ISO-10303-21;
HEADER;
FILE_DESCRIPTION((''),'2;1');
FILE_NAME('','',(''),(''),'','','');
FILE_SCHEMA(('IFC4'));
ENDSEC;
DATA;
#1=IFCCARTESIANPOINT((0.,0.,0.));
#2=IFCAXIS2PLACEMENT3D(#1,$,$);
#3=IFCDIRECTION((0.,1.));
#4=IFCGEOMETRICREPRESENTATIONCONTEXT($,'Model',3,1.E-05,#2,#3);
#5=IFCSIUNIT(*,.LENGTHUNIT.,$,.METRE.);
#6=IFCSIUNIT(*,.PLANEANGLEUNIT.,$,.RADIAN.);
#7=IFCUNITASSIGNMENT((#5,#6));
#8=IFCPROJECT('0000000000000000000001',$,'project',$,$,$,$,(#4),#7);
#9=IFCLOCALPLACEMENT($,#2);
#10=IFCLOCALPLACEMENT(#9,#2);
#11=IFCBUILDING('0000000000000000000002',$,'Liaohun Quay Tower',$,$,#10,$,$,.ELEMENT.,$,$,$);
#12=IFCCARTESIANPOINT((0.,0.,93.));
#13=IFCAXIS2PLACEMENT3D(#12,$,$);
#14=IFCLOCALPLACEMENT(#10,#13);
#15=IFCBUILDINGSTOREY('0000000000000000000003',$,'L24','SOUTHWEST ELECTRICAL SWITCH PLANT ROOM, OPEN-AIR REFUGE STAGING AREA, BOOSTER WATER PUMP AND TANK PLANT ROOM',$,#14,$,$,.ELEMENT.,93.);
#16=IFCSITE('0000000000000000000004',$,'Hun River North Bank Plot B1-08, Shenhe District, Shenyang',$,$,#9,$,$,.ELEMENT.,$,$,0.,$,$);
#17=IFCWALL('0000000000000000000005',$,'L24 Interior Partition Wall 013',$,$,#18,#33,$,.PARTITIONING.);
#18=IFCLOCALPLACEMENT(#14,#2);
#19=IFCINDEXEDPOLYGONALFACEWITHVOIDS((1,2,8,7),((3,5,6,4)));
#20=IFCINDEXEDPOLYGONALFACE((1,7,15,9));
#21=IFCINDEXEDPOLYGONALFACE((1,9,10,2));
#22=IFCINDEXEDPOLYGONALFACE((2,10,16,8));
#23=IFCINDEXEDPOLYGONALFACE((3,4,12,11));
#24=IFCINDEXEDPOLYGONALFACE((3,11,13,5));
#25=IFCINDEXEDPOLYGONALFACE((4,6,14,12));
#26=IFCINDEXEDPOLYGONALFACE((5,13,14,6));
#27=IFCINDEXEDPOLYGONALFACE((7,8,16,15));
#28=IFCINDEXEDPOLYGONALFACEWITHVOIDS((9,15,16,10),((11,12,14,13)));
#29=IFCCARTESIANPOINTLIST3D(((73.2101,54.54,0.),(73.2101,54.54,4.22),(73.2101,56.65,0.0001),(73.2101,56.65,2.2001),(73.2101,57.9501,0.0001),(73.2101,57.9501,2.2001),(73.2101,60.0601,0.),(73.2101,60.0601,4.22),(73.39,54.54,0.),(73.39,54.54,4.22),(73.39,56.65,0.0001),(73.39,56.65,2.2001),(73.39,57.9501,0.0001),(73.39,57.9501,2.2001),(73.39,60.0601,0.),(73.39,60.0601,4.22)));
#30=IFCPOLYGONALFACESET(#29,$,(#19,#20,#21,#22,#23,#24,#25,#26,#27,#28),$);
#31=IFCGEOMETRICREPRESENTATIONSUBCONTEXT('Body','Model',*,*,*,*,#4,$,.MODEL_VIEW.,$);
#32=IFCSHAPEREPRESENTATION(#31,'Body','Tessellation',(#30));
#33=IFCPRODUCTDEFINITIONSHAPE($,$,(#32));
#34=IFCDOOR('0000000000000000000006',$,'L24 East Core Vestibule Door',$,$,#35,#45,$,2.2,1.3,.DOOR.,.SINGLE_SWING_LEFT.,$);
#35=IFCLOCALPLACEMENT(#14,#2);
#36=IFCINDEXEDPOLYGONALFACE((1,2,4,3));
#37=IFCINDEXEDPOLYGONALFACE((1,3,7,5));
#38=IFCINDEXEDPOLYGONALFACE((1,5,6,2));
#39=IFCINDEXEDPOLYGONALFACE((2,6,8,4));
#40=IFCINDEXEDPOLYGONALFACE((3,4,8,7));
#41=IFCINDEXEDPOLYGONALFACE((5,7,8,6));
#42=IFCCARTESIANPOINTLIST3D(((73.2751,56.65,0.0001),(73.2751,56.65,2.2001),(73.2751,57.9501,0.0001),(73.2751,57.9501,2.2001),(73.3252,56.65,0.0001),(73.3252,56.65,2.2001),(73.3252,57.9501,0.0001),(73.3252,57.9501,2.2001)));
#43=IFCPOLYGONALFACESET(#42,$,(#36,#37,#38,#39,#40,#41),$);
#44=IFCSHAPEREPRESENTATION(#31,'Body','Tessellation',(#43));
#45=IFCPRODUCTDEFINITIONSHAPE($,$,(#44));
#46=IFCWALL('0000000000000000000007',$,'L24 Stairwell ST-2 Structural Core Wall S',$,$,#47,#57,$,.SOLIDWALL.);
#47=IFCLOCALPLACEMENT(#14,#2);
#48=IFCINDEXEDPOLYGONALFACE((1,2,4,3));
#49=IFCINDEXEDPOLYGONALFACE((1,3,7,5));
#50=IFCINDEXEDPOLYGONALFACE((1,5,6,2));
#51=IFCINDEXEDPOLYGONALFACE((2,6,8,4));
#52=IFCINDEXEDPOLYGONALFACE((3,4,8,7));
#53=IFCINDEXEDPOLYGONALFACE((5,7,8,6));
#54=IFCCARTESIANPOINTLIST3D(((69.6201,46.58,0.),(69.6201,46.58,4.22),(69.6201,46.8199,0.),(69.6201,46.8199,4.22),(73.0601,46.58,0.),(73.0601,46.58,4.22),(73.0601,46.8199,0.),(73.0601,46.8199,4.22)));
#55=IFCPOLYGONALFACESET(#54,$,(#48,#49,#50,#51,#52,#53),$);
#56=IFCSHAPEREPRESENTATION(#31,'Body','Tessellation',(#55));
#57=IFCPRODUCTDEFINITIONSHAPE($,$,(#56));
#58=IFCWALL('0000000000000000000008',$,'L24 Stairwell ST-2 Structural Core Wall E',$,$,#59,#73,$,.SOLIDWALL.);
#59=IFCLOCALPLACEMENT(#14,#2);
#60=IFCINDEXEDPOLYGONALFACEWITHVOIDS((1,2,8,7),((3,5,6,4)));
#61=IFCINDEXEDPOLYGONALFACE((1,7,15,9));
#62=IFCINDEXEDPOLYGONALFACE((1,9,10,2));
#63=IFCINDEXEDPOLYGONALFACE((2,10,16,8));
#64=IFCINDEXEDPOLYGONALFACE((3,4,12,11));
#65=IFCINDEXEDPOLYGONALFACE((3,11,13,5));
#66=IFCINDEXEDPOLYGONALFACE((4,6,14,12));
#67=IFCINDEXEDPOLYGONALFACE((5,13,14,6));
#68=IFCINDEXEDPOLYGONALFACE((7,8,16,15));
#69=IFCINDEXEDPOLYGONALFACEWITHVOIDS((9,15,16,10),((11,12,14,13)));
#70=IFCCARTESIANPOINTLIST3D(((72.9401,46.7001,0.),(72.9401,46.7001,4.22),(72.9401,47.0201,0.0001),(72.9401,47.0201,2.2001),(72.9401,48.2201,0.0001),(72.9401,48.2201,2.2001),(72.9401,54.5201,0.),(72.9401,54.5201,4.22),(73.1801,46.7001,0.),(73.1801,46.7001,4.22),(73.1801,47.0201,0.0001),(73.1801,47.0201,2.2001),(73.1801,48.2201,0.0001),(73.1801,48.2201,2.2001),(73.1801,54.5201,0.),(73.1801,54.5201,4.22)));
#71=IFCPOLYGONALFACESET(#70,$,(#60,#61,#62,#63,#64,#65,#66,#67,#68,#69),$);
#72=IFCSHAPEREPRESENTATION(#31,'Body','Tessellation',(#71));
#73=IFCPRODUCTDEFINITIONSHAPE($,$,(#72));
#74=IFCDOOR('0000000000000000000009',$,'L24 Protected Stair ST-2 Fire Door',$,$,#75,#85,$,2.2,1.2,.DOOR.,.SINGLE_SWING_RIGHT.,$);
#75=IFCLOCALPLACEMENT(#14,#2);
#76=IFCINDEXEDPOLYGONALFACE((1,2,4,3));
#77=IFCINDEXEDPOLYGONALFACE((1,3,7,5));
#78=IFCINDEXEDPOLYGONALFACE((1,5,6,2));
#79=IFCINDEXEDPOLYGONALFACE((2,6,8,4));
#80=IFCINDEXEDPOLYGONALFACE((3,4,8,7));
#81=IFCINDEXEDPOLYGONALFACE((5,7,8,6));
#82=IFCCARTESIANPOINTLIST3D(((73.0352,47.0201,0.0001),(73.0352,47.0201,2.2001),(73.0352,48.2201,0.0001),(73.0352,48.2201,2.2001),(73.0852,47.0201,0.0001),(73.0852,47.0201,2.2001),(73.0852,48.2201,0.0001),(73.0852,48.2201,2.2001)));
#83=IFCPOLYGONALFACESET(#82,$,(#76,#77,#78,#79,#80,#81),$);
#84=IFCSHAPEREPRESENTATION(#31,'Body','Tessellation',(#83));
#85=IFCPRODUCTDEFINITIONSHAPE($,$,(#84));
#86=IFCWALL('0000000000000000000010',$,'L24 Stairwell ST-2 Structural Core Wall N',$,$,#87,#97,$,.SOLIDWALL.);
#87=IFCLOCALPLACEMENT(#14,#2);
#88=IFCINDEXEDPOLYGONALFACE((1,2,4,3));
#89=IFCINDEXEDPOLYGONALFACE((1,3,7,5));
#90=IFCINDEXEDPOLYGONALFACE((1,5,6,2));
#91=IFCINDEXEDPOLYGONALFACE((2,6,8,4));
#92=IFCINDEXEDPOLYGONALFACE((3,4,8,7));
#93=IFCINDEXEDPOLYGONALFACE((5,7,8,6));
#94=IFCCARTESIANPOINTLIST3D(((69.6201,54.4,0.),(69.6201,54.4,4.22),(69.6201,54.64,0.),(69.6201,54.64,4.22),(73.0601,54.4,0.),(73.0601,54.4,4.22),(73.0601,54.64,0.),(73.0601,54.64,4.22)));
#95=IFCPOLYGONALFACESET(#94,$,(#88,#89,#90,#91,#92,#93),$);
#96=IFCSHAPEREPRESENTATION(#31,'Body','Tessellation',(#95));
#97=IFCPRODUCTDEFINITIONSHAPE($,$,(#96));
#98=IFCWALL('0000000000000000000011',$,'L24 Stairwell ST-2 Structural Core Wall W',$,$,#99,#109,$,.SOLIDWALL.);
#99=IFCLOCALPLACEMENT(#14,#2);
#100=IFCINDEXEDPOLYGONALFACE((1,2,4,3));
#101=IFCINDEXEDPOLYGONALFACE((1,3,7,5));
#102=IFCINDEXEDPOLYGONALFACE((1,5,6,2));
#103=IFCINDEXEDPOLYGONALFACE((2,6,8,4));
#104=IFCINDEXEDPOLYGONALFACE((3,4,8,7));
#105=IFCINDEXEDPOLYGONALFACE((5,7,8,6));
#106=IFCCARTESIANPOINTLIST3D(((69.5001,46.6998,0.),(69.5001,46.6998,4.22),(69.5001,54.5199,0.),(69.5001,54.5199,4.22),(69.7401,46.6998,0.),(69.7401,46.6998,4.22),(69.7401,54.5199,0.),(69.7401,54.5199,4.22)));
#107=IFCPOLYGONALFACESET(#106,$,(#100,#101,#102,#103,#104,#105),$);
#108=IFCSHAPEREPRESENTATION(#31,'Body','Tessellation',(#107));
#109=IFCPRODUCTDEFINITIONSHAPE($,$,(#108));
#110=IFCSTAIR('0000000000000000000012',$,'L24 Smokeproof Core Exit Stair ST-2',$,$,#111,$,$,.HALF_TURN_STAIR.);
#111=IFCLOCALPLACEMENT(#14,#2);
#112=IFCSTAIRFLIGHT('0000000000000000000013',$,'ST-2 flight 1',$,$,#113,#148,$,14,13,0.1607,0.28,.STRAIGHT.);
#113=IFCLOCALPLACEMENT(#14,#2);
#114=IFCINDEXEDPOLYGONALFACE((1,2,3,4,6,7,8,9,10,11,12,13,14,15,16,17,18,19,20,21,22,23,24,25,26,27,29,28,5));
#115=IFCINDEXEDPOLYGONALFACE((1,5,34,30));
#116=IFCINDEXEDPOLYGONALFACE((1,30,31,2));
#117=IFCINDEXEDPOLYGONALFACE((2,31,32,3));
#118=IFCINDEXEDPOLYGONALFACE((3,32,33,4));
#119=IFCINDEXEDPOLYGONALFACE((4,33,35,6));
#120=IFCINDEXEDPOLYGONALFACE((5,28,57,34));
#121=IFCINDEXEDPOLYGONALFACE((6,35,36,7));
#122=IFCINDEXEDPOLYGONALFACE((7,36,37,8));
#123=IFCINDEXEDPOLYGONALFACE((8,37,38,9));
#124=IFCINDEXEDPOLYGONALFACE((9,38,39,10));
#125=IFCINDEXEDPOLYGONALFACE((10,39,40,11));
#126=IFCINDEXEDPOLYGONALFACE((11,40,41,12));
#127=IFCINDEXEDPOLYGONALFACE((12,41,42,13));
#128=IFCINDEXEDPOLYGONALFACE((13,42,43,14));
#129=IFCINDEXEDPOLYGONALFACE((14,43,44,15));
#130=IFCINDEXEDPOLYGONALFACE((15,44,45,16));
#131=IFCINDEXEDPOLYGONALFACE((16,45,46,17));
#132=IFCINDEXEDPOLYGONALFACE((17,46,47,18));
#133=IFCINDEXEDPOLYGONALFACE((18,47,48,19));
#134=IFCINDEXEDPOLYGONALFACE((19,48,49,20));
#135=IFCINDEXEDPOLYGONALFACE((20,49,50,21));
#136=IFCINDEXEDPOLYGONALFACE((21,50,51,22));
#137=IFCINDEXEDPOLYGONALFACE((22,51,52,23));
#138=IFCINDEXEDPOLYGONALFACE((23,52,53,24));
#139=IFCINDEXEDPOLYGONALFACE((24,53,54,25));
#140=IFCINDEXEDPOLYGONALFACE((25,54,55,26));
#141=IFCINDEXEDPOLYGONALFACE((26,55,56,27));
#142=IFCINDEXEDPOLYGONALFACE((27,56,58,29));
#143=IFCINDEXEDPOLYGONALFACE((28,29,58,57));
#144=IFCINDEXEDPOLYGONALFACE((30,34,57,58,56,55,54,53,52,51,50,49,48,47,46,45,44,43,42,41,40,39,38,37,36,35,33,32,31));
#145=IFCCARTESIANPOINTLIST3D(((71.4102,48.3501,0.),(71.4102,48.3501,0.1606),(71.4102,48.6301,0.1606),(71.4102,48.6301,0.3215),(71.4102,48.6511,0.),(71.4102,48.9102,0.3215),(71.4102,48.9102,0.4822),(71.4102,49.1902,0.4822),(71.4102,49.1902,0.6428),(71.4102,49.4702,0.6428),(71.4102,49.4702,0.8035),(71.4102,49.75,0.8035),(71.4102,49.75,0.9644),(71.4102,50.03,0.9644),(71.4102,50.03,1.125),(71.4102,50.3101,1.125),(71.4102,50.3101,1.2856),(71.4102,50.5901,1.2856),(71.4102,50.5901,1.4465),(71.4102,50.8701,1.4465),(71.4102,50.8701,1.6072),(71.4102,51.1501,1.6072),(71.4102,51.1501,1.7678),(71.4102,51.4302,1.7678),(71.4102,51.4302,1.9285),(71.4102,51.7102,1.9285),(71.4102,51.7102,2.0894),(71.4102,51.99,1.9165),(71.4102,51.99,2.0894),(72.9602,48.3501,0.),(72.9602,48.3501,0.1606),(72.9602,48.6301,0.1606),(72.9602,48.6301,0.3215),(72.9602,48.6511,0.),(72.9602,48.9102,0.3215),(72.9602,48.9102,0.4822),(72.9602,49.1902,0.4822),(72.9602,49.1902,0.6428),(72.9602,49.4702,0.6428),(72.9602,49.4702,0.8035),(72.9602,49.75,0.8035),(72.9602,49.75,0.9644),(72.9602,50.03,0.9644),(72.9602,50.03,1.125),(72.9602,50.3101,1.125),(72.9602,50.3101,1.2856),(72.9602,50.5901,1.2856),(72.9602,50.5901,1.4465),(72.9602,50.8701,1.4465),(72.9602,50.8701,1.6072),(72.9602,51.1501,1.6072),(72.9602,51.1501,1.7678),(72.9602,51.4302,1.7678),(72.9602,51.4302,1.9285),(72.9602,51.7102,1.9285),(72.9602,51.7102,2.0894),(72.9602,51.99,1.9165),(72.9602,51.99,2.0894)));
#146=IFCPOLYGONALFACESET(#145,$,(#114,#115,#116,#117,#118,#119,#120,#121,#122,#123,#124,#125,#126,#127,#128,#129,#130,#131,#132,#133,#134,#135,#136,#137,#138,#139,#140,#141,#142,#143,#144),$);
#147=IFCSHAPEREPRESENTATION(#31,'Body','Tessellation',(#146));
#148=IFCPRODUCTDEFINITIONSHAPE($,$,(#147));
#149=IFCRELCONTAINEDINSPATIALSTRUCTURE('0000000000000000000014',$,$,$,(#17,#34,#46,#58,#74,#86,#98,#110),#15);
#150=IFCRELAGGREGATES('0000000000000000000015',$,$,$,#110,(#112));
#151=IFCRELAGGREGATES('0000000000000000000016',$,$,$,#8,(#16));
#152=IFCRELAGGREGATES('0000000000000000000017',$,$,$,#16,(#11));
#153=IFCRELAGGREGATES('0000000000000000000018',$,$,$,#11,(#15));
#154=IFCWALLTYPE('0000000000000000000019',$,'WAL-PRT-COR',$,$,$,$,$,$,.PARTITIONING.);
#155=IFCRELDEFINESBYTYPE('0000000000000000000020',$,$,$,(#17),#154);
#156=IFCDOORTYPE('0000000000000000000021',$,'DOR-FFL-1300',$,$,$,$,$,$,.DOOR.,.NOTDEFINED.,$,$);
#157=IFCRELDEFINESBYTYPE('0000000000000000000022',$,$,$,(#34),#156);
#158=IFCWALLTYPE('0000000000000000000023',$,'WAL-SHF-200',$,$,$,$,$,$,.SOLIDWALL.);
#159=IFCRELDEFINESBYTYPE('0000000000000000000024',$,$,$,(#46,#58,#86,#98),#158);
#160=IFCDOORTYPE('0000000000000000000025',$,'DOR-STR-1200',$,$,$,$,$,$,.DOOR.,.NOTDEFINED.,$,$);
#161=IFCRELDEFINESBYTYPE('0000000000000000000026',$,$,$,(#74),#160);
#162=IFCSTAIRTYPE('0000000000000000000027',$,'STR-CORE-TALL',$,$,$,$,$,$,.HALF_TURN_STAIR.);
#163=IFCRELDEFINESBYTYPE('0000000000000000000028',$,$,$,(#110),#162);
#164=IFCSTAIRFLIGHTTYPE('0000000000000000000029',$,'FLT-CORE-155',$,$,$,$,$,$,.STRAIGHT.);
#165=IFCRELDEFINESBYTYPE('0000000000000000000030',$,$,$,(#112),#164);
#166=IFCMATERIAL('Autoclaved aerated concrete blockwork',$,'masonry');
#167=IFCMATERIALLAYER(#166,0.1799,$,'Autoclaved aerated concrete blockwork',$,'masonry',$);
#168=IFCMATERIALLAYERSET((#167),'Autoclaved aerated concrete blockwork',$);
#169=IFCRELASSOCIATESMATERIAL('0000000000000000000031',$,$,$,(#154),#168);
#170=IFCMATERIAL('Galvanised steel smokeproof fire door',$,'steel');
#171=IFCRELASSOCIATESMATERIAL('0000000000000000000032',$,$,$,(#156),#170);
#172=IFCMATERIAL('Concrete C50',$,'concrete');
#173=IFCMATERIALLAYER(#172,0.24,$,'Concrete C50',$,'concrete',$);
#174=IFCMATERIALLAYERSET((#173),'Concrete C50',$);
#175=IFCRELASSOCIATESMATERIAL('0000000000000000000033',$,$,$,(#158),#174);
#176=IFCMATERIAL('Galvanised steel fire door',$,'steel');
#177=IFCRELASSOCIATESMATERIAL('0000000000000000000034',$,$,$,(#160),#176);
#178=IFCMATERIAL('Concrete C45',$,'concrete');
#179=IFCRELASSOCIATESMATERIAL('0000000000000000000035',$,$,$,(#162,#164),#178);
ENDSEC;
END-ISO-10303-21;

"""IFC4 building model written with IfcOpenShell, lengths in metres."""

from ifc_helpers import new_model, si_unit, direction, frame, frame_2d, origin, place, context, subcontext, project, spatial, polyline, rectangle, outline, extrude, source, transform, mapped, material, layer, layer_set, type_object, element, fill, aggregate, save


model = new_model("IFC4")

# Units and contexts
model_context = context("Model", 3, precision=1e-05, world=origin(), true_north=direction((0.0, 1.0)))
body_context = subcontext(model_context, "Body", "Model", "MODEL_VIEW")
ifc_project = project(units=[si_unit("LENGTHUNIT", "METRE"), si_unit("PLANEANGLEUNIT", "RADIAN")], contexts=[model_context])

# Site, building, storey
site_placement = place(None, origin())
site = spatial("IfcSite", under=ifc_project, at=site_placement, Name="Hun River North Bank Plot B1-08, Shenhe District, Shenyang", CompositionType="ELEMENT", RefElevation=0.0)
building_placement = place(site_placement, origin())
building = spatial("IfcBuilding", under=site, at=building_placement, Name="Liaohun Quay Tower", CompositionType="ELEMENT")
storey_placement = place(building_placement, frame((0.0, 0.0, 93.0)))
storey = spatial("IfcBuildingStorey", under=building, at=storey_placement, Name="L24", Description="SOUTHWEST ELECTRICAL SWITCH PLANT ROOM, OPEN-AIR REFUGE STAGING AREA, BOOSTER WATER PUMP AND TANK PLANT ROOM", CompositionType="ELEMENT", Elevation=93.0)

# Wall, opening, door
ifc_material_1 = material(Name="Autoclaved aerated concrete blockwork", Category="masonry")
ifc_layer_1 = layer(ifc_material_1, 0.1799, Name="Autoclaved aerated concrete blockwork", Category="masonry")
ifc_layer_set_1 = layer_set([ifc_layer_1], Name="Autoclaved aerated concrete blockwork")
wall_type_1 = type_object("IfcWallType", Name="WAL-PRT-COR", PredefinedType="PARTITIONING", material=ifc_layer_set_1)
wall_1_placement = place(storey_placement, frame((73.3, 54.54, 0.0), z_axis=(0.0, 0.0, 1.0), x_axis=(0.0, 1.0, 0.0)))
wall_1 = element("IfcWall", 1, at=wall_1_placement, inside=storey, type_object=wall_type_1, Name="L24 Interior Partition Wall 013", PredefinedType="PARTITIONING", context=body_context, shape_type="SweptSolid", body=[
    extrude(rectangle(XDim=5.52, YDim=0.1799, at=frame_2d((2.76, 0.0))), origin(), (0.0, 0.0, 1.0), 4.22),
])
shared_shape_1 = source(origin(), body_context, "Body", "SweptSolid", [
    extrude(rectangle(XDim=1.3, YDim=2.2, at=frame_2d((0.6499, 1.1001))), frame((0.0, 0.0999, 0.0), z_axis=(0.0, -1.0, 0.0), x_axis=(1.0, 0.0, 0.0)), (0.0, 0.0, 1.0), 0.2),
])
opening_1_placement = place(wall_1_placement, frame((2.1101, 0.0, 0.0)))
opening_1 = element("IfcOpeningElement", 2, at=opening_1_placement, cuts=wall_1, PredefinedType="OPENING", context=body_context, shape_type="MappedRepresentation", body=[
    mapped(shared_shape_1, transform((0.0, 0.0, 0.0), x_axis=(1.0, 0.0, 0.0), y_axis=(0.0, 1.0, 0.0), z_axis=(0.0, 0.0, 1.0), scale=1.0)),
])
ifc_material_2 = material(Name="Galvanised steel smokeproof fire door", Category="steel")
door_type_1 = type_object("IfcDoorType", Name="DOR-FFL-1300", OperationType="NOTDEFINED", PredefinedType="DOOR", material=ifc_material_2)
shared_shape_2 = source(origin(), body_context, "Body", "SweptSolid", [
    extrude(rectangle(XDim=1.3, YDim=2.2, at=frame_2d((0.6499, 1.1001))), frame((0.0, 0.0249, 0.0), z_axis=(0.0, -1.0, 0.0), x_axis=(1.0, 0.0, 0.0)), (0.0, 0.0, 1.0), 0.05),
])
door_1_placement = place(opening_1_placement, origin())
door_1 = element("IfcDoor", 3, at=door_1_placement, inside=storey, type_object=door_type_1, Name="L24 East Core Vestibule Door", OperationType="SINGLE_SWING_LEFT", OverallHeight=2.2, OverallWidth=1.3, PredefinedType="DOOR", context=body_context, shape_type="MappedRepresentation", body=[
    mapped(shared_shape_2, transform((0.0, 0.0, 0.0), x_axis=(1.0, 0.0, 0.0), y_axis=(0.0, 1.0, 0.0), z_axis=(0.0, 0.0, 1.0), scale=1.0)),
])
fill(opening_1, door_1)

# Wall
ifc_material_3 = material(Name="Concrete C50", Category="concrete")
ifc_layer_2 = layer(ifc_material_3, 0.24, Name="Concrete C50", Category="concrete")
ifc_layer_set_2 = layer_set([ifc_layer_2], Name="Concrete C50")
wall_type_2 = type_object("IfcWallType", Name="WAL-SHF-200", PredefinedType="SOLIDWALL", material=ifc_layer_set_2)
wall_2_placement = place(storey_placement, frame((69.6201, 46.7, 0.0), z_axis=(0.0, 0.0, 1.0), x_axis=(1.0, 0.0, 0.0)))
element("IfcWall", 4, at=wall_2_placement, inside=storey, type_object=wall_type_2, Name="L24 Stairwell ST-2 Structural Core Wall S", PredefinedType="SOLIDWALL", context=body_context, shape_type="SweptSolid", body=[
    extrude(rectangle(XDim=3.4399, YDim=0.24, at=frame_2d((1.72, 0.0))), origin(), (0.0, 0.0, 1.0), 4.22),
])

# Wall, opening, door
wall_3_placement = place(storey_placement, frame((73.0601, 46.7, 0.0), z_axis=(0.0, 0.0, 1.0), x_axis=(0.0, 1.0, 0.0)))
wall_3 = element("IfcWall", 5, at=wall_3_placement, inside=storey, type_object=wall_type_2, Name="L24 Stairwell ST-2 Structural Core Wall E", PredefinedType="SOLIDWALL", context=body_context, shape_type="SweptSolid", body=[
    extrude(rectangle(XDim=7.8201, YDim=0.24, at=frame_2d((3.9102, 0.0))), origin(), (0.0, 0.0, 1.0), 4.22),
])
shared_shape_3 = source(origin(), body_context, "Body", "SweptSolid", [
    extrude(rectangle(XDim=1.2, YDim=2.2, at=frame_2d((0.6001, 1.1001))), frame((0.0, 0.1299, 0.0), z_axis=(0.0, -1.0, 0.0), x_axis=(1.0, 0.0, 0.0)), (0.0, 0.0, 1.0), 0.26),
])
opening_2_placement = place(wall_3_placement, frame((0.3201, 0.0, 0.0)))
opening_2 = element("IfcOpeningElement", 6, at=opening_2_placement, cuts=wall_3, PredefinedType="OPENING", context=body_context, shape_type="MappedRepresentation", body=[
    mapped(shared_shape_3, transform((0.0, 0.0, 0.0), x_axis=(1.0, 0.0, 0.0), y_axis=(0.0, 1.0, 0.0), z_axis=(0.0, 0.0, 1.0), scale=1.0)),
])
ifc_material_4 = material(Name="Galvanised steel fire door", Category="steel")
door_type_2 = type_object("IfcDoorType", Name="DOR-STR-1200", OperationType="NOTDEFINED", PredefinedType="DOOR", material=ifc_material_4)
shared_shape_4 = source(origin(), body_context, "Body", "SweptSolid", [
    extrude(rectangle(XDim=1.2, YDim=2.2, at=frame_2d((0.6001, 1.1001))), frame((0.0, 0.0249, 0.0), z_axis=(0.0, -1.0, 0.0), x_axis=(1.0, 0.0, 0.0)), (0.0, 0.0, 1.0), 0.05),
])
door_2_placement = place(opening_2_placement, origin())
door_2 = element("IfcDoor", 7, at=door_2_placement, inside=storey, type_object=door_type_2, Name="L24 Protected Stair ST-2 Fire Door", OperationType="SINGLE_SWING_RIGHT", OverallHeight=2.2, OverallWidth=1.2, PredefinedType="DOOR", context=body_context, shape_type="MappedRepresentation", body=[
    mapped(shared_shape_4, transform((0.0, 0.0, 0.0), x_axis=(1.0, 0.0, 0.0), y_axis=(0.0, 1.0, 0.0), z_axis=(0.0, 0.0, 1.0), scale=1.0)),
])
fill(opening_2, door_2)

# Walls
wall_4_placement = place(storey_placement, frame((73.0601, 54.52, 0.0), z_axis=(0.0, 0.0, 1.0), x_axis=(-1.0, 0.0, 0.0)))
element("IfcWall", 8, at=wall_4_placement, inside=storey, type_object=wall_type_2, Name="L24 Stairwell ST-2 Structural Core Wall N", PredefinedType="SOLIDWALL", context=body_context, shape_type="SweptSolid", body=[
    extrude(rectangle(XDim=3.4399, YDim=0.24, at=frame_2d((1.72, 0.0))), origin(), (0.0, 0.0, 1.0), 4.22),
])
wall_5_placement = place(storey_placement, frame((69.6201, 54.52, 0.0), z_axis=(0.0, 0.0, 1.0), x_axis=(0.0, -1.0, 0.0)))
element("IfcWall", 9, at=wall_5_placement, inside=storey, type_object=wall_type_2, Name="L24 Stairwell ST-2 Structural Core Wall W", PredefinedType="SOLIDWALL", context=body_context, shape_type="SweptSolid", body=[
    extrude(rectangle(XDim=7.8201, YDim=0.24, at=frame_2d((3.9102, 0.0))), origin(), (0.0, 0.0, 1.0), 4.22),
])

# Stair, stair flight
ifc_material_5 = material(Name="Concrete C45", Category="concrete")
stair_type = type_object("IfcStairType", Name="STR-CORE-TALL", PredefinedType="HALF_TURN_STAIR", material=ifc_material_5)
stair_placement = place(storey_placement, origin())
stair = element("IfcStair", 10, at=stair_placement, inside=storey, type_object=stair_type, Name="L24 Smokeproof Core Exit Stair ST-2", PredefinedType="HALF_TURN_STAIR")
stair_flight_type = type_object("IfcStairFlightType", Name="FLT-CORE-155", PredefinedType="STRAIGHT", material=ifc_material_5)
stair_flight_1_placement = place(storey_placement, frame((72.1851, 48.3501, 0.0), z_axis=(0.0, 0.0, 1.0), x_axis=(0.0, 1.0, 0.0)))
stair_flight_1 = element("IfcStairFlight", 11, at=stair_flight_1_placement, type_object=stair_flight_type, Name="ST-2 flight 1", NumberOfRisers=14, NumberOfTreads=13, PredefinedType="STRAIGHT", RiserHeight=0.1607, TreadLength=0.28, context=body_context, shape_type="SweptSolid", body=[
    extrude(outline(polyline([(0.0, 0.0), (0.0, 0.1606), (0.28, 0.1606), (0.28, 0.3215), (0.5601, 0.3215), (0.5601, 0.4822), (0.8401, 0.4822), (0.8401, 0.6428), (1.1201, 0.6428), (1.1201, 0.8035), (1.3999, 0.8035), (1.3999, 0.9644), (1.6799, 0.9644), (1.6799, 1.125), (1.96, 1.125), (1.96, 1.2856), (2.24, 1.2856), (2.24, 1.4465), (2.52, 1.4465), (2.52, 1.6072), (2.8, 1.6072), (2.8, 1.7678), (3.0801, 1.7678), (3.0801, 1.9285), (3.3601, 1.9285), (3.3601, 2.0894), (3.6399, 2.0894), (3.6399, 2.25), (3.6399, 1.9165), (0.301, 0.0), (0.0, 0.0)])), frame((0.0, 0.7749, 0.0), z_axis=(0.0, -1.0, 0.0), x_axis=(1.0, 0.0, 0.0)), (0.0, 0.0, 1.0), 1.55),
])
aggregate(stair, [stair_flight_1])

save(model, "model.ifc")
